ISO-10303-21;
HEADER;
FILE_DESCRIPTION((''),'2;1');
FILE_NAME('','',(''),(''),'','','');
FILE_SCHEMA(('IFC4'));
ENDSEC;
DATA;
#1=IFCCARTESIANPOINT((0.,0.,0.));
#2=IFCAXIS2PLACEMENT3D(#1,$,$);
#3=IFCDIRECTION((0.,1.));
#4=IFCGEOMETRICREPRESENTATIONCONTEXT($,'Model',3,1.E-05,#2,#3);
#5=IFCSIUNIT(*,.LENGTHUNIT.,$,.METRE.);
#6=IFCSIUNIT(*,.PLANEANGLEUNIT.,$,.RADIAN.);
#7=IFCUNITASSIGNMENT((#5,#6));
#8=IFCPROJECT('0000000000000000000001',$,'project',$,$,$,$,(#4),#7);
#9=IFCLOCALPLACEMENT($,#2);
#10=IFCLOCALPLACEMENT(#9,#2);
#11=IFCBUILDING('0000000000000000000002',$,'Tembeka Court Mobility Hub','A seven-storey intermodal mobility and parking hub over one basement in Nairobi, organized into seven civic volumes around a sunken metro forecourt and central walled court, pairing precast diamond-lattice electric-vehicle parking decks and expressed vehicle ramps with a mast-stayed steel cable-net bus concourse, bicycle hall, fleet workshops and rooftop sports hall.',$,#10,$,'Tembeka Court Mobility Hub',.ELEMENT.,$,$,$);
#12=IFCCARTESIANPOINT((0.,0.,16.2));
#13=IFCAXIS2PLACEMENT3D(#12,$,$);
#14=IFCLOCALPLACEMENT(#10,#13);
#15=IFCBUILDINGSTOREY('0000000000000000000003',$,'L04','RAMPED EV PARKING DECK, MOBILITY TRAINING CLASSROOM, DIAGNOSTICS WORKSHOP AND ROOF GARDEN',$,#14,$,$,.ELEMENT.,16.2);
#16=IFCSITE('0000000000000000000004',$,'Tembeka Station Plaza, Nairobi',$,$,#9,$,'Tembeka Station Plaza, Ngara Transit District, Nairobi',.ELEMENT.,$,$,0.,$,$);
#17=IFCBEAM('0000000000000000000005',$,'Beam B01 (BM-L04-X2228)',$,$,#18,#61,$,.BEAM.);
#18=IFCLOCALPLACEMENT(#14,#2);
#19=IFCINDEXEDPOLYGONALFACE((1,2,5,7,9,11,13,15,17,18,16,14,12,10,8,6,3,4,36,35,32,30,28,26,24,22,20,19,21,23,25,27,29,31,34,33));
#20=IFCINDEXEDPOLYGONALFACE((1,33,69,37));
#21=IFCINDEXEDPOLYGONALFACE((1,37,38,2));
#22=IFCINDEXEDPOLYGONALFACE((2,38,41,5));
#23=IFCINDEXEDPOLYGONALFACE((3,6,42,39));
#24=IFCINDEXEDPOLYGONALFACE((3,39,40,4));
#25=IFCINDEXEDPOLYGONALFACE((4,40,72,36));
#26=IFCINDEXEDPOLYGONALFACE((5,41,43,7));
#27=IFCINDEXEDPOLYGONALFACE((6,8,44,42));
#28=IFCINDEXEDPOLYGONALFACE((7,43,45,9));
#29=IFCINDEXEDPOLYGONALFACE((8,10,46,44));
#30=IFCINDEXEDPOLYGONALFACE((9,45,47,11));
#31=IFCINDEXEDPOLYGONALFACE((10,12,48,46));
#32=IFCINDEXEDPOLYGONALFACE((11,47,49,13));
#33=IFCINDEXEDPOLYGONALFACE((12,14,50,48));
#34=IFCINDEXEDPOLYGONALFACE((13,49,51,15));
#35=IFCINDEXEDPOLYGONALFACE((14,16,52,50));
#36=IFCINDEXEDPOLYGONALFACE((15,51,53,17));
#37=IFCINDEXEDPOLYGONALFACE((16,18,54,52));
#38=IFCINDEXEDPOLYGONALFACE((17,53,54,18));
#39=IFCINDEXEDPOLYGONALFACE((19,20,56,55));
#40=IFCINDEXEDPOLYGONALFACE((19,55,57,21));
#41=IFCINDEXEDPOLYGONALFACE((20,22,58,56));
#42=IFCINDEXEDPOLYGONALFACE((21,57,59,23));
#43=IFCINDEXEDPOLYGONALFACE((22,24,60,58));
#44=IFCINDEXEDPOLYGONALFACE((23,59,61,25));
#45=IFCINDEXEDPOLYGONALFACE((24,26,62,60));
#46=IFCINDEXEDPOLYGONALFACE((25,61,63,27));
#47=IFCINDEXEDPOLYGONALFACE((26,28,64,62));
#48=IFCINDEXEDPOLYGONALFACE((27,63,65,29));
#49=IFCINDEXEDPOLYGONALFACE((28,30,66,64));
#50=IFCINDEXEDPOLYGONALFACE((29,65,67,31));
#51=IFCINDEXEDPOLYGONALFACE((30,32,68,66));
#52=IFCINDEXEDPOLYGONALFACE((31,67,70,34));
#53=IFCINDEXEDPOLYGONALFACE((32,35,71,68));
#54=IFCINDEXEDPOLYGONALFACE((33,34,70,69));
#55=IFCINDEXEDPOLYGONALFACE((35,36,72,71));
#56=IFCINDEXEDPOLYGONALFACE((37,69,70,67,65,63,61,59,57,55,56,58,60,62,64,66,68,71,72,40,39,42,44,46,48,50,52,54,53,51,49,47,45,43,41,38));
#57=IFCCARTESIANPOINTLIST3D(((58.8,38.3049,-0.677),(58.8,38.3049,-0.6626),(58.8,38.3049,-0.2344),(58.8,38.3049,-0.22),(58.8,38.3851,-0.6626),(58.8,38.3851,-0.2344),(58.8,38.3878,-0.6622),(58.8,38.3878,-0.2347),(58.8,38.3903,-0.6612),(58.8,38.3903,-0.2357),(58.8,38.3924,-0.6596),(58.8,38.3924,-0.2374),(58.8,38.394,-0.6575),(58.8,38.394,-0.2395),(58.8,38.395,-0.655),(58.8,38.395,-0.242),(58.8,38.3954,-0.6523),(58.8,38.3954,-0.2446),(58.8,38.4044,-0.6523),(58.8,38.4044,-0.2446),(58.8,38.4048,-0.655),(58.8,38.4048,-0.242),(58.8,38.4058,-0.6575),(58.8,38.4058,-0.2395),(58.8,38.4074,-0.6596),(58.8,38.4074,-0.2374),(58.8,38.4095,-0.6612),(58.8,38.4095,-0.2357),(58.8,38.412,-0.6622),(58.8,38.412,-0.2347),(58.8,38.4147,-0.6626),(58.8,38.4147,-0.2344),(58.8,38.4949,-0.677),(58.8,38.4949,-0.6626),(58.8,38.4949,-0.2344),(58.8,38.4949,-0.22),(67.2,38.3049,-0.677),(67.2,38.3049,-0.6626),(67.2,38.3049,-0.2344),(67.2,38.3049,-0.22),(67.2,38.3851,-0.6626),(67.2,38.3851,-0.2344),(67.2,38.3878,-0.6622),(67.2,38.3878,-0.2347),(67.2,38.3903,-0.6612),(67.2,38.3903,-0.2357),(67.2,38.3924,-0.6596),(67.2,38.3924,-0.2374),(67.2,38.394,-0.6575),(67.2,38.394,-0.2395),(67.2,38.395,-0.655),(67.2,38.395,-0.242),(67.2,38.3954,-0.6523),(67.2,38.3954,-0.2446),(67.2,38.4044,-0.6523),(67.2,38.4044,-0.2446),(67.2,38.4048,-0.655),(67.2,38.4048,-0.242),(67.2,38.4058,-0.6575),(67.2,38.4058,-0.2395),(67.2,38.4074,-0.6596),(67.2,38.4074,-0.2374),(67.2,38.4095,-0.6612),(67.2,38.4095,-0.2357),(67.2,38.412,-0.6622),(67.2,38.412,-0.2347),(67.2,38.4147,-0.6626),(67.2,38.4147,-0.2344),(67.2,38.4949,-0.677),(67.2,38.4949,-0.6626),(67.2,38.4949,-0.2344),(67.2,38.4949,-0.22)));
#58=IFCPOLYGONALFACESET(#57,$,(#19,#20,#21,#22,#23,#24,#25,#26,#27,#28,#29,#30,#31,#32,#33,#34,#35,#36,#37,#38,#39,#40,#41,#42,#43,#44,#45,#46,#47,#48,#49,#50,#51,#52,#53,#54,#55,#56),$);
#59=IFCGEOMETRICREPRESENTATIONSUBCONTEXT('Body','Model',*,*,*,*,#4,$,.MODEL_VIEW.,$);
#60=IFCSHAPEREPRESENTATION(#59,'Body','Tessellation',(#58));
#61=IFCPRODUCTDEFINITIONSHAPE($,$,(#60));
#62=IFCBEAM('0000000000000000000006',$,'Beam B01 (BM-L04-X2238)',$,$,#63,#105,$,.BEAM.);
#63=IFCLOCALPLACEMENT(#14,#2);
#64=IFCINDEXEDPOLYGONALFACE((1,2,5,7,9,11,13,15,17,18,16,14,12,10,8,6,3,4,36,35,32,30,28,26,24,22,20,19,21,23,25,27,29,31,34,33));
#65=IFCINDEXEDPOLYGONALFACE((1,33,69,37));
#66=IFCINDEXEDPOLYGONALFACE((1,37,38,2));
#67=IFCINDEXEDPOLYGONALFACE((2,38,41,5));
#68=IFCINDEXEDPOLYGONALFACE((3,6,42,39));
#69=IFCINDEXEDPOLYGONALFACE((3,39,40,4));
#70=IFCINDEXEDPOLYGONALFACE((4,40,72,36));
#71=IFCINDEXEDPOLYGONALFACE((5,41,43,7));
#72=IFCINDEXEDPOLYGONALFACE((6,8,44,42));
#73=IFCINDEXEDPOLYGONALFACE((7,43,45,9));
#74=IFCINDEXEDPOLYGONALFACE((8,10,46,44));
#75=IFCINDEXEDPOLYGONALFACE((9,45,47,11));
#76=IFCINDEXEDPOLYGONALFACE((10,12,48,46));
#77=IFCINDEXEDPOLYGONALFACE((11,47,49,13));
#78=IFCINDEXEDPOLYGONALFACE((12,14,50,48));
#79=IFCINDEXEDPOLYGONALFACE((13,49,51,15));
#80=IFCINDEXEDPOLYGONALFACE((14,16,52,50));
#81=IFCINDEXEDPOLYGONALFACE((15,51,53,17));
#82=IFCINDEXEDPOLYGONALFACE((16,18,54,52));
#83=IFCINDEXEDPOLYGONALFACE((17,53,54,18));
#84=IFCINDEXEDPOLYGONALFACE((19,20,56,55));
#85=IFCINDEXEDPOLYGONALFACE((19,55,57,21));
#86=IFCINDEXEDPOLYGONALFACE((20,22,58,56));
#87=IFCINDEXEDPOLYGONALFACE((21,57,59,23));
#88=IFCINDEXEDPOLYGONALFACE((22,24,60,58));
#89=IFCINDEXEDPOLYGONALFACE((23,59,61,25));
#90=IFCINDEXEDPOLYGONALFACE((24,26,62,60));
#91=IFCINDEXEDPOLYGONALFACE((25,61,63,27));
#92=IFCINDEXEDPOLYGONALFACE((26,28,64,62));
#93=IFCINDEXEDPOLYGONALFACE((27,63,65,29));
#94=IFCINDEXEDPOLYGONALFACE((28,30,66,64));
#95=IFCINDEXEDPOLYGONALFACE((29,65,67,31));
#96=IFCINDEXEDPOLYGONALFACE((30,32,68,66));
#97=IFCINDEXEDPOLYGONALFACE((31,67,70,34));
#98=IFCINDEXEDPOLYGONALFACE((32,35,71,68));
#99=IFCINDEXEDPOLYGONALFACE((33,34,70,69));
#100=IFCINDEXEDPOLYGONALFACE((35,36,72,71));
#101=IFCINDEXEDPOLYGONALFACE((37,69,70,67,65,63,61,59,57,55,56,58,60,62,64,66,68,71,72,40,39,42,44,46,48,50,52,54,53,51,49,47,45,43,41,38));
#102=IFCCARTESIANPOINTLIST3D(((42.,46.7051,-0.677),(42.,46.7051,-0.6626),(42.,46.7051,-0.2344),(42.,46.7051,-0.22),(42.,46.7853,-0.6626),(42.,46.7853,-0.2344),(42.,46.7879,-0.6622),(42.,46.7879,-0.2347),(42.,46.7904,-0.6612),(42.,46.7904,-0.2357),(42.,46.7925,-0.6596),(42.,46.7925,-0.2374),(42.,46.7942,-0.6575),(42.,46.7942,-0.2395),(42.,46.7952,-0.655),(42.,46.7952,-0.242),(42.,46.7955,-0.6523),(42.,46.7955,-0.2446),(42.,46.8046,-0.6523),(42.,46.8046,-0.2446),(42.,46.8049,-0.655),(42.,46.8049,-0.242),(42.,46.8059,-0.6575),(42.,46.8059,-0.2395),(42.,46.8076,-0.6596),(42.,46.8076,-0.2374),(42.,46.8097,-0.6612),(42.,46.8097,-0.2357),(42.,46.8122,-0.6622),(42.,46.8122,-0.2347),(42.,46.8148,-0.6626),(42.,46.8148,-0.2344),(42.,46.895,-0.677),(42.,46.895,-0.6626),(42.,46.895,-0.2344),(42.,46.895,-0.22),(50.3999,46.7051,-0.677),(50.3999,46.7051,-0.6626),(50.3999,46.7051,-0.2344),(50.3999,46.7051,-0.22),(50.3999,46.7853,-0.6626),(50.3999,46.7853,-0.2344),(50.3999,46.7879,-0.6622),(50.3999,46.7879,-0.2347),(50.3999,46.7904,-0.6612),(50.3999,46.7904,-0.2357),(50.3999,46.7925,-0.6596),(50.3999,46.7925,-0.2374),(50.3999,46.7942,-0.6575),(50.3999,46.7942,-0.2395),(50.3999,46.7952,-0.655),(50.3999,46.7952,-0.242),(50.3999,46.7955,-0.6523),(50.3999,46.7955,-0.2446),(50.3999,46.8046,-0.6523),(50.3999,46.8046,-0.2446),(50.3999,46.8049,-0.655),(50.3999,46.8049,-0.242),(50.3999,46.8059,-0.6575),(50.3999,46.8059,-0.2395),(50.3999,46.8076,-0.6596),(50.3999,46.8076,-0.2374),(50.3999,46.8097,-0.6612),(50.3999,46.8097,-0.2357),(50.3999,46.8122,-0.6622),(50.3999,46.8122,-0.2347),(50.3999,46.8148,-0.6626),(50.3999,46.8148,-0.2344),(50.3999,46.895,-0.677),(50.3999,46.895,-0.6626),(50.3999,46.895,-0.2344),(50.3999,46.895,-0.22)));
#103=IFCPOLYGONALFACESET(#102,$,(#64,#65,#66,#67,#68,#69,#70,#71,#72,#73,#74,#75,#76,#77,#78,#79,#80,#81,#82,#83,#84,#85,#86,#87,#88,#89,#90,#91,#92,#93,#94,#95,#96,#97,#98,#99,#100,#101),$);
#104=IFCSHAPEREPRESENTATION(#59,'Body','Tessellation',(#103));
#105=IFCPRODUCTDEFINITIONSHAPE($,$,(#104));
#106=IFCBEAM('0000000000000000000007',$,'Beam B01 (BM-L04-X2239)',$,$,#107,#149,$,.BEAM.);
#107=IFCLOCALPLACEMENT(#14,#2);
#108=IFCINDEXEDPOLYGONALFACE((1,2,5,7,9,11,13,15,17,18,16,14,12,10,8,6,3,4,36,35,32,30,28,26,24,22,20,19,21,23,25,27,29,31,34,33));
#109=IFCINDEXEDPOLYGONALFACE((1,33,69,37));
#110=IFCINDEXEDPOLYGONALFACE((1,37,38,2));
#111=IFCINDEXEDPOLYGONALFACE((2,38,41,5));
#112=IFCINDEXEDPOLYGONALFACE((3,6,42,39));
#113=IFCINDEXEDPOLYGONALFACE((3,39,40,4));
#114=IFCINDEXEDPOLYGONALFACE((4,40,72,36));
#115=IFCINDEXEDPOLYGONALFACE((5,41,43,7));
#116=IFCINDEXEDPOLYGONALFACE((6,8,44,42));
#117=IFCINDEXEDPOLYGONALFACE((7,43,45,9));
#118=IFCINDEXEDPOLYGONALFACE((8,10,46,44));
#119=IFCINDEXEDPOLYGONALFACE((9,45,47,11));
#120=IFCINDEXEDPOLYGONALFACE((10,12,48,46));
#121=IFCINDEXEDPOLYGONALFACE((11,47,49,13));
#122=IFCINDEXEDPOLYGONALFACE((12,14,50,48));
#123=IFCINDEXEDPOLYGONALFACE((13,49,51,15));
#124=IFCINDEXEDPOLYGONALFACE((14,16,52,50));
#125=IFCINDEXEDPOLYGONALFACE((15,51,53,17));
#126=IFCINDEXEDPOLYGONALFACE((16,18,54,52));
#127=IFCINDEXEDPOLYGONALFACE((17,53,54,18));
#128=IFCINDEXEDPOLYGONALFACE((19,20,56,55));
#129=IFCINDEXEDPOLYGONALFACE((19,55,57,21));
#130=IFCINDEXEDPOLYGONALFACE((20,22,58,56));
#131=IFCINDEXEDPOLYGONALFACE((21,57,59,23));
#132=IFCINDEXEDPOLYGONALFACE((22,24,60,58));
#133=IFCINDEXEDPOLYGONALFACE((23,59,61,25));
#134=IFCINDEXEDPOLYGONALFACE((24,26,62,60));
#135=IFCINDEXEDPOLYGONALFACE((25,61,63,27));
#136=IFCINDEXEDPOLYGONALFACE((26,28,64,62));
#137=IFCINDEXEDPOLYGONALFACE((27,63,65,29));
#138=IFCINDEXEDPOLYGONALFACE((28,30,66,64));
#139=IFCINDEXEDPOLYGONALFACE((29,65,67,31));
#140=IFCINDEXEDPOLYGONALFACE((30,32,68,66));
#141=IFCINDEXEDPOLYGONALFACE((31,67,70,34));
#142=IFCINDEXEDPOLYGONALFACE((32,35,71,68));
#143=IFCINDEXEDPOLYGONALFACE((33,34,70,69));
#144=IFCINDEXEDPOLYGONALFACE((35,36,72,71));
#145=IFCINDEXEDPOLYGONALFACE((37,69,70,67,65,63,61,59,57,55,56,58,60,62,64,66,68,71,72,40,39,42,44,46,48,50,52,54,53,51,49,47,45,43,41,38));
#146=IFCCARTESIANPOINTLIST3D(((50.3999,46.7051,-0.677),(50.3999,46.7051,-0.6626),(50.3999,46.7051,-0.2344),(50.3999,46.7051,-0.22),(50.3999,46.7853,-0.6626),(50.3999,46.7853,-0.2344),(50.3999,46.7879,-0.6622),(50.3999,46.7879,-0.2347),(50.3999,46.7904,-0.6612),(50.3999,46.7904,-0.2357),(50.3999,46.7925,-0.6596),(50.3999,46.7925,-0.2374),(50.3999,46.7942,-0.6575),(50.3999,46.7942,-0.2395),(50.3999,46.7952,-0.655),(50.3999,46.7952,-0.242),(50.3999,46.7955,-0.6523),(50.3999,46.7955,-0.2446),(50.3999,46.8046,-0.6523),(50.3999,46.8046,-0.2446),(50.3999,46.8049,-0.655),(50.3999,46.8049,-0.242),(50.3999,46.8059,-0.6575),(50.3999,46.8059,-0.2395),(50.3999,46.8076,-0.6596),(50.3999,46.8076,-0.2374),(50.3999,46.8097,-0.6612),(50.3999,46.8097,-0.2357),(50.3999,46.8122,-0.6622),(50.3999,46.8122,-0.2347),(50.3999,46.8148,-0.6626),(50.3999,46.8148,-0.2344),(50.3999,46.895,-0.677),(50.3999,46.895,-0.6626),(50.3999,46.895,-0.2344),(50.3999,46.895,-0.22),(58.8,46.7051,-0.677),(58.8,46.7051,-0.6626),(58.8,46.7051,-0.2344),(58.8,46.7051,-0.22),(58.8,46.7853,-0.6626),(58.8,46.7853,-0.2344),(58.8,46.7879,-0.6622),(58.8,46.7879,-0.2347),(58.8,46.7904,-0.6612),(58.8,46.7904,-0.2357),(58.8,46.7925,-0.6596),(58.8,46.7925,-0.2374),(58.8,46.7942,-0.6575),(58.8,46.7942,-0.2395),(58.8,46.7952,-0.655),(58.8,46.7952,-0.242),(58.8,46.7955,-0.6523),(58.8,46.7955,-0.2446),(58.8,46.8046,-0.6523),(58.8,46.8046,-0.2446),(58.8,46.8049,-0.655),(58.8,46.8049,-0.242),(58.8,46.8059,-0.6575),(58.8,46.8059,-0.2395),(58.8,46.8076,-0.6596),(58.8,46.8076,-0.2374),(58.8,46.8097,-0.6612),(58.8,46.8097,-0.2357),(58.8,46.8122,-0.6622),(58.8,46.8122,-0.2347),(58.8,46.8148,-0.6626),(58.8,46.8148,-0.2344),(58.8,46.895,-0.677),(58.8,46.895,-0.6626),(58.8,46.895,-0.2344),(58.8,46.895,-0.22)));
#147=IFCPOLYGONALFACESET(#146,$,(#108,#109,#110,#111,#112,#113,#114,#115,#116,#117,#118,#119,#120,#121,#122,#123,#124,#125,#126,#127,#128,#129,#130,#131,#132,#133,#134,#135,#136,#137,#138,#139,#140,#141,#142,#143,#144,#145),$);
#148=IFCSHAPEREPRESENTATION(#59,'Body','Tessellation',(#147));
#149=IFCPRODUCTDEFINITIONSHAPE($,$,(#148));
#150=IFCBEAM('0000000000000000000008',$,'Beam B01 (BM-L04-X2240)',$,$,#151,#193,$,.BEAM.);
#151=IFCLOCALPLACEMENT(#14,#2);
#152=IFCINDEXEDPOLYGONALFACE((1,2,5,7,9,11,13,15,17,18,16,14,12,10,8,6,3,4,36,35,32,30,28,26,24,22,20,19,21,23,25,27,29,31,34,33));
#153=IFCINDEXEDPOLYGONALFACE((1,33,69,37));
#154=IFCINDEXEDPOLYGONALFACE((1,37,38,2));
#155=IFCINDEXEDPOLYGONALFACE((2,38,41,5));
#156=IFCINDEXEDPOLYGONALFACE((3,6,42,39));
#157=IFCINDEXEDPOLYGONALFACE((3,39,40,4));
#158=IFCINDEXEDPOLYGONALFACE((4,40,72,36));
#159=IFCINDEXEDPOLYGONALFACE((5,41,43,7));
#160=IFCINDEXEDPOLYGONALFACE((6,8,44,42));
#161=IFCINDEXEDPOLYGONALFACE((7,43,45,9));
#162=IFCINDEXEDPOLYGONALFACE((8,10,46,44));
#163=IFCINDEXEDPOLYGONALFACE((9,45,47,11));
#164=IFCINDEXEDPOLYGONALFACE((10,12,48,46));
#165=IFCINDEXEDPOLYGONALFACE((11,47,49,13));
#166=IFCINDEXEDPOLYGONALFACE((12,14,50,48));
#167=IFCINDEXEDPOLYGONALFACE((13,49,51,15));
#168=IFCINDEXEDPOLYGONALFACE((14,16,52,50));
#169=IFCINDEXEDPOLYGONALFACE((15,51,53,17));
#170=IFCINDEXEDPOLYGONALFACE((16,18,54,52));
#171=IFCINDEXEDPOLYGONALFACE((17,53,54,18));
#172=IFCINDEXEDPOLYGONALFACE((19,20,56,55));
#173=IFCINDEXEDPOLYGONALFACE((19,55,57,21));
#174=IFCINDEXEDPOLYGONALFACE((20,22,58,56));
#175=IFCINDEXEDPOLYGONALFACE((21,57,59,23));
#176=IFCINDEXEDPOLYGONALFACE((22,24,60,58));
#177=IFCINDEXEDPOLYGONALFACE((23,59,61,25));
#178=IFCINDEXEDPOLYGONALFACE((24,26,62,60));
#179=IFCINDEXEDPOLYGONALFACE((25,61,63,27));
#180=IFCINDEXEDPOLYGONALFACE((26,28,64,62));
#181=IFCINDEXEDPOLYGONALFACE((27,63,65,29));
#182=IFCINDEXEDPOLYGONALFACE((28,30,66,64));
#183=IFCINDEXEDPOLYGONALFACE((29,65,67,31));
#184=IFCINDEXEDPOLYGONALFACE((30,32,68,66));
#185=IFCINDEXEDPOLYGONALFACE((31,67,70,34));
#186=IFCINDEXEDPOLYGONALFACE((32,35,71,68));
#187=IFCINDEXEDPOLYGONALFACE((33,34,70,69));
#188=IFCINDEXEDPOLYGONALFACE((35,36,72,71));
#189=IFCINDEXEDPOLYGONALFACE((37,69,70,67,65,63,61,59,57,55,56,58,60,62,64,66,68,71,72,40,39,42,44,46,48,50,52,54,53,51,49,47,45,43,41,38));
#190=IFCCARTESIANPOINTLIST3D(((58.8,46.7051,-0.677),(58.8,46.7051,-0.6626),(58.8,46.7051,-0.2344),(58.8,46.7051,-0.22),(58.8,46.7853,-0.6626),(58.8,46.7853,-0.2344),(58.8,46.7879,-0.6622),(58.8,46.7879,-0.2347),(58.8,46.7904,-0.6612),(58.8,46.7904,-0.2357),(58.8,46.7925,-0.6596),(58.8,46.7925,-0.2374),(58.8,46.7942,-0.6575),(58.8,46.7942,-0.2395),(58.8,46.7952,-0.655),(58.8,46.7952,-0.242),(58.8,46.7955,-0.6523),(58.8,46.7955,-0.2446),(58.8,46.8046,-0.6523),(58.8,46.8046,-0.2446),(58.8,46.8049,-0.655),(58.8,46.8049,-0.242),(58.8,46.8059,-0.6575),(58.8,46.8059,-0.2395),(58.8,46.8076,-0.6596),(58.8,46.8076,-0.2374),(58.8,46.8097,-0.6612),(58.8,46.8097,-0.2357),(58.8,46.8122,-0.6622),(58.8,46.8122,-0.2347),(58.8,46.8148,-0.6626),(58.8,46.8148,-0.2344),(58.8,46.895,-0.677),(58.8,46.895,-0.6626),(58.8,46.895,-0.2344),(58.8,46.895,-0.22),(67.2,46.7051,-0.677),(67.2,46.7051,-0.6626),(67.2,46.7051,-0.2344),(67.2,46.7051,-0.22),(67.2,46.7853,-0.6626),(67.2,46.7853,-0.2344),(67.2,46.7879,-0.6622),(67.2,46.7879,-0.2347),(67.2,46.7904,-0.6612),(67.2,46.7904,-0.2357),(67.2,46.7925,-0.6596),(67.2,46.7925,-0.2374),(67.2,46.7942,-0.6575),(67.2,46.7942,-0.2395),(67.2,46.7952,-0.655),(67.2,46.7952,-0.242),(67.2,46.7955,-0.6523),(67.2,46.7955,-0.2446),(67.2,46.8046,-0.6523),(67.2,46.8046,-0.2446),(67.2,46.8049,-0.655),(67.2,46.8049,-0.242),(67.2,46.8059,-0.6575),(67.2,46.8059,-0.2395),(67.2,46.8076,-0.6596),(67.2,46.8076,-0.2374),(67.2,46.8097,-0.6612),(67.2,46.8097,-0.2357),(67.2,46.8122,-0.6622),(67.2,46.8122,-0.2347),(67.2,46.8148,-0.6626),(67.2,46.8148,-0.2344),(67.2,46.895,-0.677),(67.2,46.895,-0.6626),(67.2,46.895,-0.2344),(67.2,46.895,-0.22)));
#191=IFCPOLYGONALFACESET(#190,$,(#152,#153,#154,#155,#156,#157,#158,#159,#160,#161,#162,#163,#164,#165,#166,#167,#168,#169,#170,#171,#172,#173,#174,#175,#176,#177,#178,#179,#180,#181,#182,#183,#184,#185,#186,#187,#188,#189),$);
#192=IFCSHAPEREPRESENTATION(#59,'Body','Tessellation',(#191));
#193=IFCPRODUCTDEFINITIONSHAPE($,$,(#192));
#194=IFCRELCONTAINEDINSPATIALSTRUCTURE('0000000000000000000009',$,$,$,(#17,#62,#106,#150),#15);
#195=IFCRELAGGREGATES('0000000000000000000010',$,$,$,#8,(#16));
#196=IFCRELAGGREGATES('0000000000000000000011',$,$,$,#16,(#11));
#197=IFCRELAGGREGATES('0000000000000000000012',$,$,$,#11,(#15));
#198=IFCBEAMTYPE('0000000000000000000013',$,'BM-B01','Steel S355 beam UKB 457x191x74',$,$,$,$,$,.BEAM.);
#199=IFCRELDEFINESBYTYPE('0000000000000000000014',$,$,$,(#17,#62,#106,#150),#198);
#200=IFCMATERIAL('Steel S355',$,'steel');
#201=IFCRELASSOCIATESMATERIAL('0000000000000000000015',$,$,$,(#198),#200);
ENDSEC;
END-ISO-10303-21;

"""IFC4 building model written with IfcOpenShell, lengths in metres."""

from ifc_helpers import new_model, si_unit, direction, frame, origin, origin_2d, place, context, subcontext, project, spatial, i_section, extrude, material, material_profile, profile_set, type_object, element, save


model = new_model("IFC4")

# Units and contexts
model_context = context("Model", 3, precision=1e-05, world=origin(), true_north=direction((0.0, 1.0)))
body_context = subcontext(model_context, "Body", "Model", "MODEL_VIEW")
ifc_project = project(units=[si_unit("LENGTHUNIT", "METRE"), si_unit("PLANEANGLEUNIT", "RADIAN")], contexts=[model_context])

# Site, building, storey
site_placement = place(None, origin())
site = spatial("IfcSite", under=ifc_project, at=site_placement, Name="Tembeka Station Plaza, Nairobi", LongName="Tembeka Station Plaza, Ngara Transit District, Nairobi", CompositionType="ELEMENT", RefElevation=0.0)
building_placement = place(site_placement, origin())
building = spatial("IfcBuilding", under=site, at=building_placement, Name="Tembeka Court Mobility Hub", Description="A seven-storey intermodal mobility and parking hub over one basement in Nairobi, organized into seven civic volumes around a sunken metro forecourt and central walled court, pairing precast diamond-lattice electric-vehicle parking decks and expressed vehicle ramps with a mast-stayed steel cable-net bus concourse, bicycle hall, fleet workshops and rooftop sports hall.", LongName="Tembeka Court Mobility Hub", CompositionType="ELEMENT")
storey_placement = place(building_placement, frame((0.0, 0.0, 16.2)))
storey = spatial("IfcBuildingStorey", under=building, at=storey_placement, Name="L04", Description="RAMPED EV PARKING DECK, MOBILITY TRAINING CLASSROOM, DIAGNOSTICS WORKSHOP AND ROOF GARDEN", CompositionType="ELEMENT", Elevation=16.2)

# Shared definitions
ifc_material = material(Name="Steel S355", Category="steel")

# Beams
ifc_material_profile_1 = material_profile(ifc_material, i_section(OverallWidth=0.1899, OverallDepth=0.457, WebThickness=0.009, FlangeThickness=0.0144, FilletRadius=0.0103, at=origin_2d()), Name="UKB 457x191x74")
ifc_profile_set_1 = profile_set([ifc_material_profile_1], Name="Steel S355")
beam_type_1 = type_object("IfcBeamType", Name="BM-B01", Description="Steel S355 beam UKB 457x191x74", PredefinedType="BEAM", material=ifc_profile_set_1)
for number, where, z_axis, x_axis, name in (
    (1, (58.8, 38.3999, -0.4485), (1.0, 0.0, 0.0), (0.0, 1.0, 0.0), "Beam B01 (BM-L04-X2228)"),
    (2, (42.0, 46.8, -0.4485), (1.0, 0.0, 0.0), (0.0, 1.0, 0.0), "Beam B01 (BM-L04-X2238)"),
):
    element("IfcBeam", number, at=place(storey_placement, frame(where, z_axis=z_axis, x_axis=x_axis)), inside=storey, type_object=beam_type_1, Name=name, PredefinedType="BEAM", context=body_context, shape_type="SweptSolid", body=[
        extrude(i_section(OverallWidth=0.1899, OverallDepth=0.457, WebThickness=0.009, FlangeThickness=0.0144, FilletRadius=0.0103, at=origin_2d()), origin(), (0.0, 0.0, 1.0), 8.3999),
    ])
beam_1_placement = place(storey_placement, frame((50.3999, 46.8, -0.4485), z_axis=(1.0, 0.0, 0.0), x_axis=(0.0, 1.0, 0.0)))
element("IfcBeam", 3, at=beam_1_placement, inside=storey, type_object=beam_type_1, Name="Beam B01 (BM-L04-X2239)", PredefinedType="BEAM", context=body_context, shape_type="SweptSolid", body=[
    extrude(i_section(OverallWidth=0.1899, OverallDepth=0.457, WebThickness=0.009, FlangeThickness=0.0144, FilletRadius=0.0103, at=origin_2d()), origin(), (0.0, 0.0, 1.0), 8.4001),
])
for number, where, z_axis, x_axis, name in (
    (4, (58.8, 46.8, -0.4485), (1.0, 0.0, 0.0), (0.0, 1.0, 0.0), "Beam B01 (BM-L04-X2240)"),
):
    element("IfcBeam", number, at=place(storey_placement, frame(where, z_axis=z_axis, x_axis=x_axis)), inside=storey, type_object=beam_type_1, Name=name, PredefinedType="BEAM", context=body_context, shape_type="SweptSolid", body=[
        extrude(i_section(OverallWidth=0.1899, OverallDepth=0.457, WebThickness=0.009, FlangeThickness=0.0144, FilletRadius=0.0103, at=origin_2d()), origin(), (0.0, 0.0, 1.0), 8.3999),
    ])

save(model, "model.ifc")
